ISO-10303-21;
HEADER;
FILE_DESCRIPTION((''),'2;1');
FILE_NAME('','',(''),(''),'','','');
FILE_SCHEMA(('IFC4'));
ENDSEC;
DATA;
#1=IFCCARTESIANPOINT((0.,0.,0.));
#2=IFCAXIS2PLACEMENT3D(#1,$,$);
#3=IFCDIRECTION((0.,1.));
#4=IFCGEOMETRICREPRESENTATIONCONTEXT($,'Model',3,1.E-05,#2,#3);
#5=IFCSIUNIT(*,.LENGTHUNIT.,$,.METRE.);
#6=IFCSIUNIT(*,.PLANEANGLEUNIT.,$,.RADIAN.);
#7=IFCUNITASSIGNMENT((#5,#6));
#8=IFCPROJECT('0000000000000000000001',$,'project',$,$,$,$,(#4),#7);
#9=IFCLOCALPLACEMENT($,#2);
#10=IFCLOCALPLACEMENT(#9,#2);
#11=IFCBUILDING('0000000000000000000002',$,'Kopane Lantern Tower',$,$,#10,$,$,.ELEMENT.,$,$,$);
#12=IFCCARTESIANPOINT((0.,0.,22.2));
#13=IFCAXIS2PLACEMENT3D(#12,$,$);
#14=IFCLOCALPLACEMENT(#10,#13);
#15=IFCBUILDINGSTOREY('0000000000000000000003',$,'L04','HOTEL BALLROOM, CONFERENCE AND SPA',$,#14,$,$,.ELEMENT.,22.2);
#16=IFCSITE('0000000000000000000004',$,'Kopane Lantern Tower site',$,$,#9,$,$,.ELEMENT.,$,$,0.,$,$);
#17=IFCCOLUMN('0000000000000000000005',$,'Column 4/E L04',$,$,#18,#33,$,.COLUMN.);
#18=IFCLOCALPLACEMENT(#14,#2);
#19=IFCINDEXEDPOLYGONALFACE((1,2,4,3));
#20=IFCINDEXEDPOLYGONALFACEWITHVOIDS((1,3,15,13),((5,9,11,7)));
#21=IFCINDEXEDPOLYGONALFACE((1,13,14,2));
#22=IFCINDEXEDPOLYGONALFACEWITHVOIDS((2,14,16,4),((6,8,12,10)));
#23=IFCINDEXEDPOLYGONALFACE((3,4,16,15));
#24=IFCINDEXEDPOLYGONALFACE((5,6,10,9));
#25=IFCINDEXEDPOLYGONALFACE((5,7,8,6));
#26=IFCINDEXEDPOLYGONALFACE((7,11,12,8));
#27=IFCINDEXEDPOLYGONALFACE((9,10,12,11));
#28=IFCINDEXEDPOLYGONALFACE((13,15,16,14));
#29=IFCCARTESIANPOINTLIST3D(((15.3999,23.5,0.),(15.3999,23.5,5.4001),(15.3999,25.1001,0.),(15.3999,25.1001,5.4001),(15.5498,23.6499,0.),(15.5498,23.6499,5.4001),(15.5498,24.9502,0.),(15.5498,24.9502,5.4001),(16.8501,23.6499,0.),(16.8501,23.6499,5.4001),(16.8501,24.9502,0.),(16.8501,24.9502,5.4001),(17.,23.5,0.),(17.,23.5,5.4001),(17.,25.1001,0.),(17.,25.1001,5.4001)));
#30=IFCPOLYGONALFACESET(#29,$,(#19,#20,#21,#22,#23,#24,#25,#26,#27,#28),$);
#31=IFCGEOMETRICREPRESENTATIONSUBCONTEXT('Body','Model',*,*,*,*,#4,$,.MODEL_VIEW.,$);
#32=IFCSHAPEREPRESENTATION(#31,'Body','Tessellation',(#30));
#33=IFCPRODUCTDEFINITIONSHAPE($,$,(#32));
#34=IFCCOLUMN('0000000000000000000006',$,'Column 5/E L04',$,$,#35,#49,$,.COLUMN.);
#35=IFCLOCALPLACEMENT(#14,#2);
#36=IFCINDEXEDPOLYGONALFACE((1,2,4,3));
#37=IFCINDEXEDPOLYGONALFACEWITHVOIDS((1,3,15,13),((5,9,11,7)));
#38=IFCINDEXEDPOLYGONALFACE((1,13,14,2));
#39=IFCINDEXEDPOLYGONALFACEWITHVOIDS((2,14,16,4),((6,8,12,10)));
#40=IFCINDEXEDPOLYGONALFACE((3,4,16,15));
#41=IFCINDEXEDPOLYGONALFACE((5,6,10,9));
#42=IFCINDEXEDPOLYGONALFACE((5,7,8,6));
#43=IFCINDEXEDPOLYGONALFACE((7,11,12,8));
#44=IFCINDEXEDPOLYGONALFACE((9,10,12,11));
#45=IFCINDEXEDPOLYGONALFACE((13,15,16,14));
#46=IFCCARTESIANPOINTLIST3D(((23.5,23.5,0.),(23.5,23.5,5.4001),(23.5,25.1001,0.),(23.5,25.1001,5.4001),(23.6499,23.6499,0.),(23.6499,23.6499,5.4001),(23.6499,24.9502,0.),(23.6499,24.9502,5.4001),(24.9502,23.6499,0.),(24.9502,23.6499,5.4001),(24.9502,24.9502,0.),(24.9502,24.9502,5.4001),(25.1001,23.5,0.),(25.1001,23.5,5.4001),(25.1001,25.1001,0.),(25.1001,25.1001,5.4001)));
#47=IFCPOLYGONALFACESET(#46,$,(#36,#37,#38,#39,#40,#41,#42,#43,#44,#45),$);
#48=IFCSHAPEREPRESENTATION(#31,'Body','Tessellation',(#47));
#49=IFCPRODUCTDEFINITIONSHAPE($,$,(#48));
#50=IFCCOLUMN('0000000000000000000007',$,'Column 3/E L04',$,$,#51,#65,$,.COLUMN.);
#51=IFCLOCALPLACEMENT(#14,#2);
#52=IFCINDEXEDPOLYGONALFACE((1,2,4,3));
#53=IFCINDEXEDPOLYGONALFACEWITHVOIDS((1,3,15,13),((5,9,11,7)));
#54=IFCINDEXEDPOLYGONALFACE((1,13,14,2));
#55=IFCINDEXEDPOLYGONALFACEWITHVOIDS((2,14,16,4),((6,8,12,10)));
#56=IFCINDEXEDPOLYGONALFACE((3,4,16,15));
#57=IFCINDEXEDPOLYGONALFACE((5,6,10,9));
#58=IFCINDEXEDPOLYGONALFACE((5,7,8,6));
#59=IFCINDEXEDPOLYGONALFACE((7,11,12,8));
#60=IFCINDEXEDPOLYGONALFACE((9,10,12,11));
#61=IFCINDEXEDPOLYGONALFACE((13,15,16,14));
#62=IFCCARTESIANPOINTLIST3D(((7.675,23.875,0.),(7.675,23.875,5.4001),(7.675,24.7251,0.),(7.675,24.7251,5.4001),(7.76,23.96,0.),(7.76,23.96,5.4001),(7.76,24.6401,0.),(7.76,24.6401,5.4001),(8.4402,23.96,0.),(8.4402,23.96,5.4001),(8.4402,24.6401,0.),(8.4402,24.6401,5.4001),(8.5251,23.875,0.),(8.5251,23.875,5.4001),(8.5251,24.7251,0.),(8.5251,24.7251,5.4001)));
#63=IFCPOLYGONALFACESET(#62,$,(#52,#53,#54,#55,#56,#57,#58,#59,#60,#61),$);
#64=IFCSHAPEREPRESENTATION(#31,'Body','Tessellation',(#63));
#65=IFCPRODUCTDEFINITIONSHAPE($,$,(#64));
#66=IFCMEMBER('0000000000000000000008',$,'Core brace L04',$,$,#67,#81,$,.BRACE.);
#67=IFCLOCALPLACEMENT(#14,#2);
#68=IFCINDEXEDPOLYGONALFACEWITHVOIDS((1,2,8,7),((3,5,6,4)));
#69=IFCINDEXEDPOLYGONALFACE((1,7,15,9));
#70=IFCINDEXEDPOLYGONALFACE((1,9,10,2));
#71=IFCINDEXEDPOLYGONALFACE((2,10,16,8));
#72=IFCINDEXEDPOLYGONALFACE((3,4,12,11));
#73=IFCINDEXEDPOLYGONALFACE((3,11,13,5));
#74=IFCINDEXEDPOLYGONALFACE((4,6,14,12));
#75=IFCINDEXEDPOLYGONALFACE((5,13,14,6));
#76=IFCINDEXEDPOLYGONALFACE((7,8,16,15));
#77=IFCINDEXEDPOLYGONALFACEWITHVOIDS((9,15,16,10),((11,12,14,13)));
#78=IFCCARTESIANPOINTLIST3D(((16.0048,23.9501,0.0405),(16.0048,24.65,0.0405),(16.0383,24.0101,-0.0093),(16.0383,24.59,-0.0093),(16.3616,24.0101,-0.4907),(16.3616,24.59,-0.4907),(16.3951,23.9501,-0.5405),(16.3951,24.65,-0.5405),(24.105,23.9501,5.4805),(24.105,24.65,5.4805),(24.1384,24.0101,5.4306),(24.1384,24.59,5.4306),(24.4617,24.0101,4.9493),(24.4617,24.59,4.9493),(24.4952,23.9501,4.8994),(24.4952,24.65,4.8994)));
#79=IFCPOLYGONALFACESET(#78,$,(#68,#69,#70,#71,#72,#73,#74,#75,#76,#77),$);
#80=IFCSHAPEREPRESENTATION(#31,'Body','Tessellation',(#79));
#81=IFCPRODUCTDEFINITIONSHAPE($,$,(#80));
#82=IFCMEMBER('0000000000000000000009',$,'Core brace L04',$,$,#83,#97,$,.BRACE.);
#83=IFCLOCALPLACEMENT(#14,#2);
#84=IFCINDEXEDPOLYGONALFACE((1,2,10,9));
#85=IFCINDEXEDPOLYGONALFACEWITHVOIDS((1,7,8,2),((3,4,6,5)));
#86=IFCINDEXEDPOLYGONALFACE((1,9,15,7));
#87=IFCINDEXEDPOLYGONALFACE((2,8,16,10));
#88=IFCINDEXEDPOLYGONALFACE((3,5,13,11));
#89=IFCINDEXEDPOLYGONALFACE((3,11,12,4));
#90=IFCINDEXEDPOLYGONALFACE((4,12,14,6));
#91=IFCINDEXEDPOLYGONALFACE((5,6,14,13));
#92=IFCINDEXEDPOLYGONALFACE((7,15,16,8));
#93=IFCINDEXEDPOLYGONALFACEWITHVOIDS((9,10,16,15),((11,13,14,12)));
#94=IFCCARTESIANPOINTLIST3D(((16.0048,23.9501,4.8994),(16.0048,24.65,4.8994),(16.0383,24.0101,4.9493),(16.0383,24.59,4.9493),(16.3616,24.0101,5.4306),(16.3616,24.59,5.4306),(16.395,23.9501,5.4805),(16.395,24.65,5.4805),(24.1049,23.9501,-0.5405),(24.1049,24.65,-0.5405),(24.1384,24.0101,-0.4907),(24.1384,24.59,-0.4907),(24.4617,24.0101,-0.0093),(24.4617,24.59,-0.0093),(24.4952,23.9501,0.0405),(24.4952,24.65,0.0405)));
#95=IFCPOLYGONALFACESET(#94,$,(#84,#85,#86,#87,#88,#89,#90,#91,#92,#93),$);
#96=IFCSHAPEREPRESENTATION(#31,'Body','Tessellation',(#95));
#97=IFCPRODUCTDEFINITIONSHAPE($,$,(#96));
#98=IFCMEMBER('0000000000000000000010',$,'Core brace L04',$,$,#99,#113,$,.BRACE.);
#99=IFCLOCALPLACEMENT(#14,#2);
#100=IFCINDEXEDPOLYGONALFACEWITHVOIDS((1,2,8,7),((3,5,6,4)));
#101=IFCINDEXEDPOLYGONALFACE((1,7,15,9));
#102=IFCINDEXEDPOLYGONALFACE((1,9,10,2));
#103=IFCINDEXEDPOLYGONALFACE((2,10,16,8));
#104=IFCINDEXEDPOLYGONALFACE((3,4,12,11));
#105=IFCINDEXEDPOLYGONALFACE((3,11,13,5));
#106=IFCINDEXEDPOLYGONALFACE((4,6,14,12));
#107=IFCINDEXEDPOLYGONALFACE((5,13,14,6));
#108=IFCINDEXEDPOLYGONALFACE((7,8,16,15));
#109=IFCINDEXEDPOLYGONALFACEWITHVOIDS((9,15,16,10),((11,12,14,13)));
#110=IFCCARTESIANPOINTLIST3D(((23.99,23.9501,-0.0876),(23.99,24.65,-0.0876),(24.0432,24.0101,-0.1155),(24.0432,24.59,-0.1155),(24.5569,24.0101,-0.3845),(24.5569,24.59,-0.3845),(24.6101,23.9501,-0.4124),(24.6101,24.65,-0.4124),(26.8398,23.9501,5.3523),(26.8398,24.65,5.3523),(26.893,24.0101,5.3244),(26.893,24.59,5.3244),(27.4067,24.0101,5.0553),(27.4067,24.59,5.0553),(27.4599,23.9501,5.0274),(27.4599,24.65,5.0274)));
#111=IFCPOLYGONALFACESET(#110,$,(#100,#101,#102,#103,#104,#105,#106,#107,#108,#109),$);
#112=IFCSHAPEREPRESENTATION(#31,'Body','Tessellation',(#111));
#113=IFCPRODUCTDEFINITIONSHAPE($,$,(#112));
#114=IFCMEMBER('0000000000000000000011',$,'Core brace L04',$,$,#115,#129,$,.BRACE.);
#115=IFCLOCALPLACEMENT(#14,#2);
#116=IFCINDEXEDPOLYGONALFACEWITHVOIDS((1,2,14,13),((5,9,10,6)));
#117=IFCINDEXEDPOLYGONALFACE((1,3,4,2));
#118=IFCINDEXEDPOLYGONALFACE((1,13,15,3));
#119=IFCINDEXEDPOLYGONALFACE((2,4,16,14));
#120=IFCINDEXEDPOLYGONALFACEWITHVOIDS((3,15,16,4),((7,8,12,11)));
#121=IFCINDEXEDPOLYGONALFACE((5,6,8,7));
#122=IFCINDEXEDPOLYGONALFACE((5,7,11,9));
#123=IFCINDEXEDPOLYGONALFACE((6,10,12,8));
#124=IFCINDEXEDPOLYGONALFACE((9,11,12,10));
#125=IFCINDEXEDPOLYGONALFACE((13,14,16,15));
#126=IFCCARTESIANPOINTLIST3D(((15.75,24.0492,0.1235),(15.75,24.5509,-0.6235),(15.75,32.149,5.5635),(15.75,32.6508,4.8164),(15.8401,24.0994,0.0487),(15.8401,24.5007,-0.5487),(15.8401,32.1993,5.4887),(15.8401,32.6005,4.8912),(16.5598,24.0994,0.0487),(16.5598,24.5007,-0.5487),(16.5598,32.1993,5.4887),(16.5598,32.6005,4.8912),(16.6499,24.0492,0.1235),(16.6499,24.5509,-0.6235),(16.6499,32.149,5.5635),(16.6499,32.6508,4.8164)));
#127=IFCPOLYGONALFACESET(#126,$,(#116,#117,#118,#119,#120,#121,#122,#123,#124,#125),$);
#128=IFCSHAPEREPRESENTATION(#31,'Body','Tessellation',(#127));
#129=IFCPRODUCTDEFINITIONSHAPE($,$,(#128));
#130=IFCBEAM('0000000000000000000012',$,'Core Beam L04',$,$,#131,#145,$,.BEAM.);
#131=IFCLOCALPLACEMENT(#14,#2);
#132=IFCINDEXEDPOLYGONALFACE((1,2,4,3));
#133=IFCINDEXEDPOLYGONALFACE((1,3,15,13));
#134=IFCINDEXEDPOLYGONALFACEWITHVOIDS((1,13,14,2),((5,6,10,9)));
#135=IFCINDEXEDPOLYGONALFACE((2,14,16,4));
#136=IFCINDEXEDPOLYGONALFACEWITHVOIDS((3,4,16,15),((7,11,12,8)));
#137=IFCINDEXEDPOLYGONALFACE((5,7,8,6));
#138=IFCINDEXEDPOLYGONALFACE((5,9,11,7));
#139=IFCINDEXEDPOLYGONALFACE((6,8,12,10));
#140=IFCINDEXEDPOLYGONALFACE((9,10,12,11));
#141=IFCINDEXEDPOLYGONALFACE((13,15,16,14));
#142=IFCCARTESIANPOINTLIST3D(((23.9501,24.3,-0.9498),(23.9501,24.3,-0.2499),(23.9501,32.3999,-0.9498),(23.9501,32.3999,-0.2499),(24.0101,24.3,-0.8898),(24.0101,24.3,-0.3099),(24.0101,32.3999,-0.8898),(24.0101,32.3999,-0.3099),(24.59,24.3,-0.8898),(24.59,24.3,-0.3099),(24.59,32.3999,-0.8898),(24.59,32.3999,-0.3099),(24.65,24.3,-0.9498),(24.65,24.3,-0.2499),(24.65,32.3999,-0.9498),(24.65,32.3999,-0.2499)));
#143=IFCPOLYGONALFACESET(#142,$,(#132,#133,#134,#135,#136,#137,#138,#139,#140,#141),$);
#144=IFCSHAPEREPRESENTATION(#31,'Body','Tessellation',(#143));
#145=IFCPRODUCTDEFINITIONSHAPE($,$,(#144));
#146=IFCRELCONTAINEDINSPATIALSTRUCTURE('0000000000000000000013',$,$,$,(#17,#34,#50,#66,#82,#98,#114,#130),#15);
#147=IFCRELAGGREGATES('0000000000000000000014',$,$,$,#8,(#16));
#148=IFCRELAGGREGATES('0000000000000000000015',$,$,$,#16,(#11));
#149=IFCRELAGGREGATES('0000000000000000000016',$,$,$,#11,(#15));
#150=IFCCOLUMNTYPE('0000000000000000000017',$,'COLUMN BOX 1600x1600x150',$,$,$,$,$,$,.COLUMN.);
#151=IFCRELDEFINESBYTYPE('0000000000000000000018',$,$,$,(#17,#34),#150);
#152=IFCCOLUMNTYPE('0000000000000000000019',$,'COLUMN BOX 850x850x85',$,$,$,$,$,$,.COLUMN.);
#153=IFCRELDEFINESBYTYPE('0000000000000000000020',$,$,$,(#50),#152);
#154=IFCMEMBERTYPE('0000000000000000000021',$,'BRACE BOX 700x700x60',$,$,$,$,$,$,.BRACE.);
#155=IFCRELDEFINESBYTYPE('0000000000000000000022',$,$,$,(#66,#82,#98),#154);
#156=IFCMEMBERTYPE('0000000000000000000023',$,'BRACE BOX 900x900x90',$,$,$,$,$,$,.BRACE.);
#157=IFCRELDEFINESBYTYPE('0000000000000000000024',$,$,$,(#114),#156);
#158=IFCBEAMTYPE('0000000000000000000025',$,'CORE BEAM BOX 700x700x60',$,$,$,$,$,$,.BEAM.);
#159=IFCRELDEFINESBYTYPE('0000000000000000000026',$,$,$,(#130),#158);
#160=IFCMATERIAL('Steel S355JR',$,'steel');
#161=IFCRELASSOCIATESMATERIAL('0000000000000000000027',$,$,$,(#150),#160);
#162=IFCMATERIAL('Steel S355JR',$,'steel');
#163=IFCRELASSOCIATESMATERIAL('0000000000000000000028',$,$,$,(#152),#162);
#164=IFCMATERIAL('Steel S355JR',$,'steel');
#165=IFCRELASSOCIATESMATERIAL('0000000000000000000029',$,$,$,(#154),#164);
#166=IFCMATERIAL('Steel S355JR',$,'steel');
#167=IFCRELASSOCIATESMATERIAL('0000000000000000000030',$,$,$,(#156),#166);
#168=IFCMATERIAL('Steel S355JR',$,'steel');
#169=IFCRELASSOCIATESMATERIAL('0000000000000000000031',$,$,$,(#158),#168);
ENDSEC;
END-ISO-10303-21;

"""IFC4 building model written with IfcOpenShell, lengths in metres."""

from ifc_helpers import new_model, si_unit, direction, frame, origin, origin_2d, place, context, subcontext, project, spatial, hollow_rectangle, extrude, material, material_profile, profile_set, type_object, element, save


model = new_model("IFC4")

# Units and contexts
model_context = context("Model", 3, precision=1e-05, world=origin(), true_north=direction((0.0, 1.0)))
body_context = subcontext(model_context, "Body", "Model", "MODEL_VIEW")
ifc_project = project(units=[si_unit("LENGTHUNIT", "METRE"), si_unit("PLANEANGLEUNIT", "RADIAN")], contexts=[model_context])

# Site, building, storey
site_placement = place(None, origin())
site = spatial("IfcSite", under=ifc_project, at=site_placement, Name="Kopane Lantern Tower site", CompositionType="ELEMENT", RefElevation=0.0)
building_placement = place(site_placement, origin())
building = spatial("IfcBuilding", under=site, at=building_placement, Name="Kopane Lantern Tower", CompositionType="ELEMENT")
storey_placement = place(building_placement, frame((0.0, 0.0, 22.2)))
storey = spatial("IfcBuildingStorey", under=building, at=storey_placement, Name="L04", Description="HOTEL BALLROOM, CONFERENCE AND SPA", CompositionType="ELEMENT", Elevation=22.2)

# Columns
ifc_material_1 = material(Name="Steel S355JR", Category="steel")
ifc_material_profile_1 = material_profile(ifc_material_1, hollow_rectangle(XDim=1.6001, YDim=1.6001, WallThickness=0.1499, at=origin_2d()), Name="BOX 1600x1600x150")
ifc_profile_set_1 = profile_set([ifc_material_profile_1], Name="Steel S355JR")
column_type_1 = type_object("IfcColumnType", Name="COLUMN BOX 1600x1600x150", PredefinedType="COLUMN", material=ifc_profile_set_1)
for number, where, z_axis, x_axis, name in (
    (1, (16.2, 24.3, 0.0), (0.0, 0.0, 1.0), (1.0, 0.0, 0.0), "Column 4/E L04"),
    (2, (24.3, 24.3, 0.0), (0.0, 0.0, 1.0), (1.0, 0.0, 0.0), "Column 5/E L04"),
):
    element("IfcColumn", number, at=place(storey_placement, frame(where, z_axis=z_axis, x_axis=x_axis)), inside=storey, type_object=column_type_1, Name=name, PredefinedType="COLUMN", context=body_context, shape_type="SweptSolid", body=[
        extrude(hollow_rectangle(XDim=1.6001, YDim=1.6001, WallThickness=0.1499, at=origin_2d()), origin(), (0.0, 0.0, 1.0), 5.4001),
    ])
ifc_material_2 = material(Name="Steel S355JR", Category="steel")
ifc_material_profile_2 = material_profile(ifc_material_2, hollow_rectangle(XDim=0.8501, YDim=0.8501, WallThickness=0.085, at=origin_2d()), Name="BOX 850x850x85")
ifc_profile_set_2 = profile_set([ifc_material_profile_2], Name="Steel S355JR")
column_type_2 = type_object("IfcColumnType", Name="COLUMN BOX 850x850x85", PredefinedType="COLUMN", material=ifc_profile_set_2)
column_placement = place(storey_placement, frame((8.1001, 24.3, 0.0), z_axis=(0.0, 0.0, 1.0), x_axis=(1.0, 0.0, 0.0)))
element("IfcColumn", 3, at=column_placement, inside=storey, type_object=column_type_2, Name="Column 3/E L04", PredefinedType="COLUMN", context=body_context, shape_type="SweptSolid", body=[
    extrude(hollow_rectangle(XDim=0.8501, YDim=0.8501, WallThickness=0.085, at=origin_2d()), origin(), (0.0, 0.0, 1.0), 5.4001),
])

# Members
ifc_material_3 = material(Name="Steel S355JR", Category="steel")
ifc_material_profile_3 = material_profile(ifc_material_3, hollow_rectangle(XDim=0.7, YDim=0.7, WallThickness=0.0601, at=origin_2d()), Name="BOX 700x700x60")
ifc_profile_set_3 = profile_set([ifc_material_profile_3], Name="Steel S355JR")
member_type_1 = type_object("IfcMemberType", Name="BRACE BOX 700x700x60", PredefinedType="BRACE", material=ifc_profile_set_3)
for number, where, z_axis, x_axis, name in (
    (4, (16.2, 24.3, -0.25), (0.830159, 0.0, 0.557526), (0.0, 1.0, 0.0), "Core brace L04"),
    (5, (24.3, 24.3, -0.25), (-0.830159, 0.0, 0.557526), (0.0, -1.0, 0.0), "Core brace L04"),
):
    element("IfcMember", number, at=place(storey_placement, frame(where, z_axis=z_axis, x_axis=x_axis)), inside=storey, type_object=member_type_1, Name=name, PredefinedType="BRACE", context=body_context, shape_type="SweptSolid", body=[
        extrude(hollow_rectangle(XDim=0.7, YDim=0.7, WallThickness=0.0601, at=origin_2d()), origin(), (0.0, 0.0, 1.0), 9.7573),
    ])
member_1_placement = place(storey_placement, frame((24.3, 24.3, -0.25), z_axis=(0.464053, 0.0, 0.885807), x_axis=(0.0, 1.0, 0.0)))
element("IfcMember", 6, at=member_1_placement, inside=storey, type_object=member_type_1, Name="Core brace L04", PredefinedType="BRACE", context=body_context, shape_type="SweptSolid", body=[
    extrude(hollow_rectangle(XDim=0.7, YDim=0.7, WallThickness=0.0601, at=origin_2d()), origin(), (0.0, 0.0, 1.0), 6.1411),
])
ifc_material_4 = material(Name="Steel S355JR", Category="steel")
ifc_material_profile_4 = material_profile(ifc_material_4, hollow_rectangle(XDim=0.8999, YDim=0.8999, WallThickness=0.0901, at=origin_2d()), Name="BOX 900x900x90")
ifc_profile_set_4 = profile_set([ifc_material_profile_4], Name="Steel S355JR")
member_type_2 = type_object("IfcMemberType", Name="BRACE BOX 900x900x90", PredefinedType="BRACE", material=ifc_profile_set_4)
member_2_placement = place(storey_placement, frame((16.2, 24.3, -0.25), z_axis=(0.0, 0.830151, 0.557538), x_axis=(-1.0, 0.0, 0.0)))
element("IfcMember", 7, at=member_2_placement, inside=storey, type_object=member_type_2, Name="Core brace L04", PredefinedType="BRACE", context=body_context, shape_type="SweptSolid", body=[
    extrude(hollow_rectangle(XDim=0.8999, YDim=0.8999, WallThickness=0.0901, at=origin_2d()), origin(), (0.0, 0.0, 1.0), 9.7571),
])

# Beam
ifc_material_5 = material(Name="Steel S355JR", Category="steel")
ifc_material_profile_5 = material_profile(ifc_material_5, hollow_rectangle(XDim=0.7, YDim=0.7, WallThickness=0.0601, at=origin_2d()), Name="BOX 700x700x60")
ifc_profile_set_5 = profile_set([ifc_material_profile_5], Name="Steel S355JR")
beam_type_1 = type_object("IfcBeamType", Name="CORE BEAM BOX 700x700x60", PredefinedType="BEAM", material=ifc_profile_set_5)
beam_1_placement = place(storey_placement, frame((24.3, 24.3, -0.5999), z_axis=(0.0, 1.0, 0.0), x_axis=(-1.0, 0.0, 0.0)))
element("IfcBeam", 8, at=beam_1_placement, inside=storey, type_object=beam_type_1, Name="Core Beam L04", PredefinedType="BEAM", context=body_context, shape_type="SweptSolid", body=[
    extrude(hollow_rectangle(XDim=0.7, YDim=0.7, WallThickness=0.0601, at=origin_2d()), origin(), (0.0, 0.0, 1.0), 8.0999),
])

save(model, "model.ifc")
